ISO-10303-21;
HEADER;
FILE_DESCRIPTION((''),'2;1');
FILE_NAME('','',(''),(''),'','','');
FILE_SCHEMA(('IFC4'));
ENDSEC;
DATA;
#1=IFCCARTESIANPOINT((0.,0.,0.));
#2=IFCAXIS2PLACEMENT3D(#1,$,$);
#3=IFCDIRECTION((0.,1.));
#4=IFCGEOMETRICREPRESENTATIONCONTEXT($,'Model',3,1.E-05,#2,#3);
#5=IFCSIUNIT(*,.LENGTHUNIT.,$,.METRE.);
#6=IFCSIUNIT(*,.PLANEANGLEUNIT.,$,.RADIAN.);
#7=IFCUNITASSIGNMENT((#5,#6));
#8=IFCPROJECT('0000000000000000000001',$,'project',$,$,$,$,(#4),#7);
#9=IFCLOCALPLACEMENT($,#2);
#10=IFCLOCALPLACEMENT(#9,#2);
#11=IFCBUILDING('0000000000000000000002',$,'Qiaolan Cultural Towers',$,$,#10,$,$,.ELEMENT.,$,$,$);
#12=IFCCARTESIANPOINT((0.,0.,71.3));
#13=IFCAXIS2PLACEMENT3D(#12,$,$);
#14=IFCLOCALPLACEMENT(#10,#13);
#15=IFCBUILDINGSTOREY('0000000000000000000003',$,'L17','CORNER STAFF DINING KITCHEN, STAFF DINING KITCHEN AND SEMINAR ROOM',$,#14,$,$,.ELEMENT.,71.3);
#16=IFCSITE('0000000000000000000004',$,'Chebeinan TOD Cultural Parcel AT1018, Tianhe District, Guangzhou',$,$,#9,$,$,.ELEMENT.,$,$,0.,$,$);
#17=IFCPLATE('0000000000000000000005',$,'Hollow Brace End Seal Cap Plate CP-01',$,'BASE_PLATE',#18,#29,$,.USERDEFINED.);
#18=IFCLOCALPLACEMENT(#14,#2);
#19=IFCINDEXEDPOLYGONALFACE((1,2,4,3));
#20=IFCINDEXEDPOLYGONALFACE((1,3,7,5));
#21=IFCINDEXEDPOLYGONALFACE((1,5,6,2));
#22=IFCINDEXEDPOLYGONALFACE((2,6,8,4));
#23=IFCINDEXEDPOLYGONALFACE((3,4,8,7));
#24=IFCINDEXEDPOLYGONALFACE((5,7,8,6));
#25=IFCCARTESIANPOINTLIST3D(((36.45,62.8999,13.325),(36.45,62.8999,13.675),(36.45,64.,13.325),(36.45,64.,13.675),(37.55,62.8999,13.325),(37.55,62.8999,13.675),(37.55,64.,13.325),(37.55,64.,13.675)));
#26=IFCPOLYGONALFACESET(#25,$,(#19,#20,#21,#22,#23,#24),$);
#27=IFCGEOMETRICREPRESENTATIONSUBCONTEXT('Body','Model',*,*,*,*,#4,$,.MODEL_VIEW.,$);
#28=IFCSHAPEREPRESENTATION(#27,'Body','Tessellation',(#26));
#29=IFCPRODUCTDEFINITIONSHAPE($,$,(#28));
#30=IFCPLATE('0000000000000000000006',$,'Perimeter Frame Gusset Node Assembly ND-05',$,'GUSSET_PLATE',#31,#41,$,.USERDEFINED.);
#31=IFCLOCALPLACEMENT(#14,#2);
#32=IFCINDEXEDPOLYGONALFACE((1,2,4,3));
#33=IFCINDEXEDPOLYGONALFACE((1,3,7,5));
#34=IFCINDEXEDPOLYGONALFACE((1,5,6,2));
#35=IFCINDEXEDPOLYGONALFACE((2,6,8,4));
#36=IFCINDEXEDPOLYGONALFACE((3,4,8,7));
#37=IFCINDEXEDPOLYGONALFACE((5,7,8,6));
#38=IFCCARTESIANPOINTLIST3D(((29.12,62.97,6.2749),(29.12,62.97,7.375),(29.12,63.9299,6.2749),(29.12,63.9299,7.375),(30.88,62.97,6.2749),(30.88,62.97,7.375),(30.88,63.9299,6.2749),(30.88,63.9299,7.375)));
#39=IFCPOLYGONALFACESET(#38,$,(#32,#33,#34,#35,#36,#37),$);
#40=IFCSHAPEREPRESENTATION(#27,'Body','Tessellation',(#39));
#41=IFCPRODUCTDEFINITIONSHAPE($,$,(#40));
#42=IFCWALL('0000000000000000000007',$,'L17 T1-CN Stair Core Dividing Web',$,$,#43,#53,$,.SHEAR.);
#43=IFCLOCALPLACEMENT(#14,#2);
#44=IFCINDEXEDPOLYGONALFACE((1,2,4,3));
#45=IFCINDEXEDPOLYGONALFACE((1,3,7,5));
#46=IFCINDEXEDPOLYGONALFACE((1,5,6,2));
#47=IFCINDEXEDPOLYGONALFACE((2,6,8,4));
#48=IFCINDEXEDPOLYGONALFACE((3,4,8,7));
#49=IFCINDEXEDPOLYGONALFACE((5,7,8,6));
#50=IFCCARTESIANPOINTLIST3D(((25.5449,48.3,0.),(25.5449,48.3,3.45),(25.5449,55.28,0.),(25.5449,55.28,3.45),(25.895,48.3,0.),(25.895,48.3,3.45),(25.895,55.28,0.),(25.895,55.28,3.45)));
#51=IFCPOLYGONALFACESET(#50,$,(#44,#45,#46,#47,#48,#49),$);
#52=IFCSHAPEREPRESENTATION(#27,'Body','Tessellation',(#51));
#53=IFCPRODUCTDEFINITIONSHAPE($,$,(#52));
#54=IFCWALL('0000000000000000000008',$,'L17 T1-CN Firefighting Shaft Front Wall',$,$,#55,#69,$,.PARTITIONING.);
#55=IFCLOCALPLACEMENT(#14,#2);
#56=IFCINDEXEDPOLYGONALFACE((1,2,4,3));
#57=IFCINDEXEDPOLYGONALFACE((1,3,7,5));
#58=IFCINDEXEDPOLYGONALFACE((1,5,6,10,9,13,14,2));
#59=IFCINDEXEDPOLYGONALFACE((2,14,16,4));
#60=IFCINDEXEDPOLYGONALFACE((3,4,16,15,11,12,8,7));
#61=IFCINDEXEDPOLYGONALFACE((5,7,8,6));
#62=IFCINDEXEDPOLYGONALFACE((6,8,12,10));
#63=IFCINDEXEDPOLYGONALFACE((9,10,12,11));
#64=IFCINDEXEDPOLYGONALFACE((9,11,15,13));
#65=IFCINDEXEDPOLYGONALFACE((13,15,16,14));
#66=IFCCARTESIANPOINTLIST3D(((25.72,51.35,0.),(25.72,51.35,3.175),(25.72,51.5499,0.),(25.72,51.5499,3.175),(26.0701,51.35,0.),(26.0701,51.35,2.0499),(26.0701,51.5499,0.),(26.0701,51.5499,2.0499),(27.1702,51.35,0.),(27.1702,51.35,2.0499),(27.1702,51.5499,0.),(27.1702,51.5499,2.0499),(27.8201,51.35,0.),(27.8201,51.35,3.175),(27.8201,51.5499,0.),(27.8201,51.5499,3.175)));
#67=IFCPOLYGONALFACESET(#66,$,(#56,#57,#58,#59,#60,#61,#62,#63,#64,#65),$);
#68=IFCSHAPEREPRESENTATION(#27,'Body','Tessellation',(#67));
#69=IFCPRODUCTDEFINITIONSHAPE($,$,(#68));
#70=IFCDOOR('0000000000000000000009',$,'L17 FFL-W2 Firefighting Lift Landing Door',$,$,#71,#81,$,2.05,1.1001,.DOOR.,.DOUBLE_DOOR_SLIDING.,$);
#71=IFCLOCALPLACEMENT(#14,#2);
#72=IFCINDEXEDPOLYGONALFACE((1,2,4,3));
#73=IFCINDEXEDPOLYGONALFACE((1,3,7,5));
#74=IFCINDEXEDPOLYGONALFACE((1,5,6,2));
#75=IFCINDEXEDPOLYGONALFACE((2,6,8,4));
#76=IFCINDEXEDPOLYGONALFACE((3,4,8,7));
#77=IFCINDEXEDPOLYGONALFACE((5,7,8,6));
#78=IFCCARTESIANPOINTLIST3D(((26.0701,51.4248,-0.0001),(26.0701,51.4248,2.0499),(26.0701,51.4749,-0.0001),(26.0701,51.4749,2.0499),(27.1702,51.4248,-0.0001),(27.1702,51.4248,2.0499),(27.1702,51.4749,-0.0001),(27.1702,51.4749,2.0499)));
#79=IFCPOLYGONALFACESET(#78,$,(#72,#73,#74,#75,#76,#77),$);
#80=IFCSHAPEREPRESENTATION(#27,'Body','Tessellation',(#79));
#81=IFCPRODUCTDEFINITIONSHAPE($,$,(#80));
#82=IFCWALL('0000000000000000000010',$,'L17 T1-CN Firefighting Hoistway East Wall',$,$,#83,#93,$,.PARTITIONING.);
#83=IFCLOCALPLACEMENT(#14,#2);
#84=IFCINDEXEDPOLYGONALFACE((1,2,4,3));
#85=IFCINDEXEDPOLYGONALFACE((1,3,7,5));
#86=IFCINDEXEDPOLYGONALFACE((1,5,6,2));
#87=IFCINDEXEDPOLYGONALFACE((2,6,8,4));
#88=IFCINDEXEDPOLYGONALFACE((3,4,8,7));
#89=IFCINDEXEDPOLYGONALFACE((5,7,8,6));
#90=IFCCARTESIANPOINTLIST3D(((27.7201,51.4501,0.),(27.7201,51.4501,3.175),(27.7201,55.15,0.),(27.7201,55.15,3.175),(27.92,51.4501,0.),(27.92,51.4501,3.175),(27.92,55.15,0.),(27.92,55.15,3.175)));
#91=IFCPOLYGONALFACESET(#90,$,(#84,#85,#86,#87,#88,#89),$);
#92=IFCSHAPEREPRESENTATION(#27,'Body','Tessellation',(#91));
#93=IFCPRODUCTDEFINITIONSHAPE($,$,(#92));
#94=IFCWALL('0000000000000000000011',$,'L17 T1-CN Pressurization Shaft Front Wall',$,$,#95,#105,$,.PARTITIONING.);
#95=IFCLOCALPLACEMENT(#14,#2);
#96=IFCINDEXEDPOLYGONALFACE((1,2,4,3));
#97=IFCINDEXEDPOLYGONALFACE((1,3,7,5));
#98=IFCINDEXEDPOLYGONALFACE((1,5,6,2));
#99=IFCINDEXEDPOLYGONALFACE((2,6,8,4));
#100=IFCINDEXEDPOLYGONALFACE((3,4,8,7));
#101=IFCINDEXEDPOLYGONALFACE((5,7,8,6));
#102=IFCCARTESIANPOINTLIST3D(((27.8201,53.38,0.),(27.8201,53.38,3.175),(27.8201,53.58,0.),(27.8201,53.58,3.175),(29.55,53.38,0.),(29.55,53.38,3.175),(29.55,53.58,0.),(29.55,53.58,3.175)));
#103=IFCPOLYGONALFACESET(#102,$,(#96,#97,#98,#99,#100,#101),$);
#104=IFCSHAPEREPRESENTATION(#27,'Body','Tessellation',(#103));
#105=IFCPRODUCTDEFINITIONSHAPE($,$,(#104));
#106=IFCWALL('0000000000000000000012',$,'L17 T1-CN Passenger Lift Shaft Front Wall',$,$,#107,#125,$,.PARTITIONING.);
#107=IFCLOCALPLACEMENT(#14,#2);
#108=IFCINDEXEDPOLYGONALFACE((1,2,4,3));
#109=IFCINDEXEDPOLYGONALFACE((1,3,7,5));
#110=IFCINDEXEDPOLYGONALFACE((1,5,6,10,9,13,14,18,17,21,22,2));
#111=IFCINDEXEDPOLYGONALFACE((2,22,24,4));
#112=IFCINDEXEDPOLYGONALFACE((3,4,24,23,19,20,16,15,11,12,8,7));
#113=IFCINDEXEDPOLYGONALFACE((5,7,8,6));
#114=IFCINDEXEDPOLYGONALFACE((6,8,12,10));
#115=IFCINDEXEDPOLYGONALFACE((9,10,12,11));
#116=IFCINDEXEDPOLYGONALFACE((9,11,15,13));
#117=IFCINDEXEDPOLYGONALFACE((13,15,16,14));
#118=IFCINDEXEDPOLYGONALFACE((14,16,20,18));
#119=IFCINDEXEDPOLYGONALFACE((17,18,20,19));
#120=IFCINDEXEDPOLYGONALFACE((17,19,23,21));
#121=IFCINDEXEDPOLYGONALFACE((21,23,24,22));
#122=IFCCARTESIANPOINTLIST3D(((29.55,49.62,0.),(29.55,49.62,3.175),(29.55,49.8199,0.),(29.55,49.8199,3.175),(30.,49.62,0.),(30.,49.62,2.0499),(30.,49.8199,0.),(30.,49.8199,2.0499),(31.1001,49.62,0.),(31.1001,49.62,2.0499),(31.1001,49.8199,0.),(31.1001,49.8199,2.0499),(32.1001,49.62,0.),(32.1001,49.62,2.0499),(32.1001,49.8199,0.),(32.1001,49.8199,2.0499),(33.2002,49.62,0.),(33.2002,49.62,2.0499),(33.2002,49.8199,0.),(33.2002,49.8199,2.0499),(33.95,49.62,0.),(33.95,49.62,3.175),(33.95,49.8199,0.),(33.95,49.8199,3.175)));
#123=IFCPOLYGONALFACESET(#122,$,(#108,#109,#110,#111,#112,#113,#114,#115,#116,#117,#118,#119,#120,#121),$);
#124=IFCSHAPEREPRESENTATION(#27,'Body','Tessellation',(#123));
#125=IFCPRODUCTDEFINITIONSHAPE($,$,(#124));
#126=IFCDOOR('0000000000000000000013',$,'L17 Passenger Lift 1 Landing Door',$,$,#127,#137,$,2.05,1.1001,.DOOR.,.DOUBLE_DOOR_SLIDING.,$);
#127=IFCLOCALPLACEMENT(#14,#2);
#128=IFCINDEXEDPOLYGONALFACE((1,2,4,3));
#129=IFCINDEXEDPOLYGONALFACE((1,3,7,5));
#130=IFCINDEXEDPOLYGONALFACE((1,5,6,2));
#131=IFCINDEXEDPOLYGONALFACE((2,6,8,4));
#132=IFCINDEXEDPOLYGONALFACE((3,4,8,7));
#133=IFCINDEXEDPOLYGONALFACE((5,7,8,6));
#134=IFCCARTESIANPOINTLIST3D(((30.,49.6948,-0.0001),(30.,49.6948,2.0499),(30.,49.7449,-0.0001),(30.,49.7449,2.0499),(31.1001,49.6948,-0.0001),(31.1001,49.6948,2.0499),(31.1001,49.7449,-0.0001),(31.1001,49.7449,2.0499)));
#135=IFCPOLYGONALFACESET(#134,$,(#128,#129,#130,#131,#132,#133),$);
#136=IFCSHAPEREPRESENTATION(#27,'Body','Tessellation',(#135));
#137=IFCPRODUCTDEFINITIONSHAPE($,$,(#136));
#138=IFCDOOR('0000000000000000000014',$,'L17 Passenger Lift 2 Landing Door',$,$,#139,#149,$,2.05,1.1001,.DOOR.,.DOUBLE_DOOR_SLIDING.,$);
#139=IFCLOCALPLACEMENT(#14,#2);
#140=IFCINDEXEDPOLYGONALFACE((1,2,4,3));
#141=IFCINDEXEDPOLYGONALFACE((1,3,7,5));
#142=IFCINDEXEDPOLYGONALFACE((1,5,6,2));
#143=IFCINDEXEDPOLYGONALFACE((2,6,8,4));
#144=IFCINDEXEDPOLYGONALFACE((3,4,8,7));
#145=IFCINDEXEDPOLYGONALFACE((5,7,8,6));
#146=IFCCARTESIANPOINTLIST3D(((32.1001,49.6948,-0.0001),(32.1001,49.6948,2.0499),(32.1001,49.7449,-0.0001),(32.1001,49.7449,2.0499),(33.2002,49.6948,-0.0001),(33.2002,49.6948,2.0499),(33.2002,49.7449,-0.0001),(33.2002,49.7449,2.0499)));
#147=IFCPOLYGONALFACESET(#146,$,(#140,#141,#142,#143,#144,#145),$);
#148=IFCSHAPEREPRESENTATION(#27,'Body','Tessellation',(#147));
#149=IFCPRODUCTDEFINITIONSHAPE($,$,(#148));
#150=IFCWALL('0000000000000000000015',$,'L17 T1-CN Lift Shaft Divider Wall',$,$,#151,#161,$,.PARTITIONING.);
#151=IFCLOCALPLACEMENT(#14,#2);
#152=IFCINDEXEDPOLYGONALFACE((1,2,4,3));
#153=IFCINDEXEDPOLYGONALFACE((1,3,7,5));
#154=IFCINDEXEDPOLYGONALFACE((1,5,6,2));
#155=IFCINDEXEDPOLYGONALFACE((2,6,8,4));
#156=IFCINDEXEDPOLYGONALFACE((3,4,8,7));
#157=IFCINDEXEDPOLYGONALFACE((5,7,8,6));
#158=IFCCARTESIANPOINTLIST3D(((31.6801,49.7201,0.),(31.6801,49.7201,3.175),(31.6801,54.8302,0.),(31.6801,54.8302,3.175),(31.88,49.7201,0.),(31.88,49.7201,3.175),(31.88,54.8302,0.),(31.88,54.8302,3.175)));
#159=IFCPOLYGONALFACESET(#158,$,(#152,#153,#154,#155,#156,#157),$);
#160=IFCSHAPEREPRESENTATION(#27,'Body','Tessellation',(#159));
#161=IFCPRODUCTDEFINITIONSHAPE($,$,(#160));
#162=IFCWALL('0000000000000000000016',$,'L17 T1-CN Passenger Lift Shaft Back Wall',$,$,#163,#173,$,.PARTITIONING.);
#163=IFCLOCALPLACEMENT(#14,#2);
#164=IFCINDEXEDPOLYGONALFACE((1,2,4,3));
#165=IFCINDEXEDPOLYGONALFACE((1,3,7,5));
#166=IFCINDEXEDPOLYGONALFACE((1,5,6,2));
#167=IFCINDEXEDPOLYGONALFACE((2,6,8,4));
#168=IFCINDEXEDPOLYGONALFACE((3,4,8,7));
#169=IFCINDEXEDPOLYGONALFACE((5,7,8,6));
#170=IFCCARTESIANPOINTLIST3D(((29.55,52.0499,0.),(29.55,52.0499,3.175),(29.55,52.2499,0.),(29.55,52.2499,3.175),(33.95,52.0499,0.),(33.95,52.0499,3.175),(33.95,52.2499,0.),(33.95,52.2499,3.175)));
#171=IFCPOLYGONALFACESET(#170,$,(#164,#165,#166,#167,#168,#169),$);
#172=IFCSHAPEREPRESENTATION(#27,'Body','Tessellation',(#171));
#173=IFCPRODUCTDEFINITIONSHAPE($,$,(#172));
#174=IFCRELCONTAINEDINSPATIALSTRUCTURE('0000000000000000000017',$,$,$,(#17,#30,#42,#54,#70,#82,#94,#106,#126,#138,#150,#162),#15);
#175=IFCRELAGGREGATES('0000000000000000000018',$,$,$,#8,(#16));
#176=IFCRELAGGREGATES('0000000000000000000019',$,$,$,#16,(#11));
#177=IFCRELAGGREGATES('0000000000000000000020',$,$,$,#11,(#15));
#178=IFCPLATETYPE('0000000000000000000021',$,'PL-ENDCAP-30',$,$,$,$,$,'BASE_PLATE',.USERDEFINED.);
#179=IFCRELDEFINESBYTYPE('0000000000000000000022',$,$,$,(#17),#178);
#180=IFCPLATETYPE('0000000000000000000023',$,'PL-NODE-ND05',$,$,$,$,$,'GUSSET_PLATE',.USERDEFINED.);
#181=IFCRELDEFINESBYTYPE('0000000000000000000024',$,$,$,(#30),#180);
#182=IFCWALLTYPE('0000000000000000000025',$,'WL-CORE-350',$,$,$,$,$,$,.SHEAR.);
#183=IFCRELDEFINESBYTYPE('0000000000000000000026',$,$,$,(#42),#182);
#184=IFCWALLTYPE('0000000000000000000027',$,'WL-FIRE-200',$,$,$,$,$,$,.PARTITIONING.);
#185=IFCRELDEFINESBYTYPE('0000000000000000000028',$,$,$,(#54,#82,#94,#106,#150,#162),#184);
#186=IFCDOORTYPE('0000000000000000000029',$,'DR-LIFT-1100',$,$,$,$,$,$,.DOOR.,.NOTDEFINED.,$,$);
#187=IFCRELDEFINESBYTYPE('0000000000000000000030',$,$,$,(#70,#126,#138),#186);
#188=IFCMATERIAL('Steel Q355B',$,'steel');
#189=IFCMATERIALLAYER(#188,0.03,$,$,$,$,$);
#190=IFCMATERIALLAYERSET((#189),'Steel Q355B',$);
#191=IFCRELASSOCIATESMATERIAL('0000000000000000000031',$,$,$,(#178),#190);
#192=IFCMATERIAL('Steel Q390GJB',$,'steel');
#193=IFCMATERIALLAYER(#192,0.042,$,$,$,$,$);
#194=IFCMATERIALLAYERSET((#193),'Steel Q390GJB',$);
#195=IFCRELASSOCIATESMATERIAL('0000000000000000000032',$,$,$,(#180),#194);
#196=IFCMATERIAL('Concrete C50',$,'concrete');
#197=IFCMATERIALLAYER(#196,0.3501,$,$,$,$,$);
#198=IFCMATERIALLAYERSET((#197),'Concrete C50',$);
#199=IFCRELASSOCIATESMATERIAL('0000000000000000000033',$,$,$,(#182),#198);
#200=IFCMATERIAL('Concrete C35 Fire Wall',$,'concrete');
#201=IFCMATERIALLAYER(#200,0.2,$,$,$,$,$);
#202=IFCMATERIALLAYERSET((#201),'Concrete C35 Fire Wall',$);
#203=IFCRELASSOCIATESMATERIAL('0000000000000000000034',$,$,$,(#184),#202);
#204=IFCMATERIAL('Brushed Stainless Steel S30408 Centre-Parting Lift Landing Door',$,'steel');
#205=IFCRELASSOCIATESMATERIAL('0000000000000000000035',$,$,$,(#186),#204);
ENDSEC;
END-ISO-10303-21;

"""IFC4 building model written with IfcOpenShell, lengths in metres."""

from ifc_helpers import new_model, si_unit, direction, frame, frame_2d, origin, origin_2d, place, context, subcontext, project, spatial, rectangle, extrude, material, layer, layer_set, type_object, element, fill, save


model = new_model("IFC4")

# Units and contexts
model_context = context("Model", 3, precision=1e-05, world=origin(), true_north=direction((0.0, 1.0)))
body_context = subcontext(model_context, "Body", "Model", "MODEL_VIEW")
ifc_project = project(units=[si_unit("LENGTHUNIT", "METRE"), si_unit("PLANEANGLEUNIT", "RADIAN")], contexts=[model_context])

# Site, building, storey
site_placement = place(None, origin())
site = spatial("IfcSite", under=ifc_project, at=site_placement, Name="Chebeinan TOD Cultural Parcel AT1018, Tianhe District, Guangzhou", CompositionType="ELEMENT", RefElevation=0.0)
building_placement = place(site_placement, origin())
building = spatial("IfcBuilding", under=site, at=building_placement, Name="Qiaolan Cultural Towers", CompositionType="ELEMENT")
storey_placement = place(building_placement, frame((0.0, 0.0, 71.3)))
storey = spatial("IfcBuildingStorey", under=building, at=storey_placement, Name="L17", Description="CORNER STAFF DINING KITCHEN, STAFF DINING KITCHEN AND SEMINAR ROOM", CompositionType="ELEMENT", Elevation=71.3)

# Plates
ifc_material_1 = material(Name="Steel Q355B", Category="steel")
ifc_layer_1 = layer(ifc_material_1, 0.03)
ifc_layer_set_1 = layer_set([ifc_layer_1], Name="Steel Q355B")
plate_type_1 = type_object("IfcPlateType", Name="PL-ENDCAP-30", ElementType="BASE_PLATE", PredefinedType="USERDEFINED", material=ifc_layer_set_1)
for number, where, z_axis, x_axis, name in (
    (1, (37.0, 63.45, 13.325), (0.0, 0.0, 1.0), (1.0, 0.0, 0.0), "Hollow Brace End Seal Cap Plate CP-01"),
):
    element("IfcPlate", number, at=place(storey_placement, frame(where, z_axis=z_axis, x_axis=x_axis)), inside=storey, type_object=plate_type_1, Name=name, ObjectType="BASE_PLATE", PredefinedType="USERDEFINED", context=body_context, shape_type="SweptSolid", body=[
        extrude(rectangle(XDim=1.1001, YDim=1.1001, at=origin_2d()), origin(), (0.0, 0.0, 1.0), 0.3501),
    ])
ifc_material_2 = material(Name="Steel Q390GJB", Category="steel")
ifc_layer_2 = layer(ifc_material_2, 0.042)
ifc_layer_set_2 = layer_set([ifc_layer_2], Name="Steel Q390GJB")
plate_type_2 = type_object("IfcPlateType", Name="PL-NODE-ND05", ElementType="GUSSET_PLATE", PredefinedType="USERDEFINED", material=ifc_layer_set_2)
plate_placement = place(storey_placement, frame((30.0, 63.45, 6.2749), z_axis=(0.0, 0.0, 1.0), x_axis=(1.0, 0.0, 0.0)))
element("IfcPlate", 2, at=plate_placement, inside=storey, type_object=plate_type_2, Name="Perimeter Frame Gusset Node Assembly ND-05", ObjectType="GUSSET_PLATE", PredefinedType="USERDEFINED", context=body_context, shape_type="SweptSolid", body=[
    extrude(rectangle(XDim=1.76, YDim=0.96, at=origin_2d()), origin(), (0.0, 0.0, 1.0), 1.1001),
])

# Wall
ifc_material_3 = material(Name="Concrete C50", Category="concrete")
ifc_layer_3 = layer(ifc_material_3, 0.3501)
ifc_layer_set_3 = layer_set([ifc_layer_3], Name="Concrete C50")
wall_type_1 = type_object("IfcWallType", Name="WL-CORE-350", PredefinedType="SHEAR", material=ifc_layer_set_3)
wall_1_placement = place(storey_placement, frame((25.72, 48.3, 0.0), z_axis=(0.0, 0.0, 1.0), x_axis=(0.0, 1.0, 0.0)))
element("IfcWall", 3, at=wall_1_placement, inside=storey, type_object=wall_type_1, Name="L17 T1-CN Stair Core Dividing Web", PredefinedType="SHEAR", context=body_context, shape_type="SweptSolid", body=[
    extrude(rectangle(XDim=6.98, YDim=0.3501, at=frame_2d((3.49, 0.0))), origin(), (0.0, 0.0, 1.0), 3.45),
])

# Wall, opening, door
ifc_material_4 = material(Name="Concrete C35 Fire Wall", Category="concrete")
ifc_layer_4 = layer(ifc_material_4, 0.2)
ifc_layer_set_4 = layer_set([ifc_layer_4], Name="Concrete C35 Fire Wall")
wall_type_2 = type_object("IfcWallType", Name="WL-FIRE-200", PredefinedType="PARTITIONING", material=ifc_layer_set_4)
wall_2_placement = place(storey_placement, frame((25.72, 51.45, 0.0), z_axis=(0.0, 0.0, 1.0), x_axis=(1.0, 0.0, 0.0)))
wall_2 = element("IfcWall", 4, at=wall_2_placement, inside=storey, type_object=wall_type_2, Name="L17 T1-CN Firefighting Shaft Front Wall", PredefinedType="PARTITIONING", context=body_context, shape_type="SweptSolid", body=[
    extrude(rectangle(XDim=2.1001, YDim=0.2, at=frame_2d((1.05, 0.0))), origin(), (0.0, 0.0, 1.0), 3.175),
])
opening_1_placement = place(wall_2_placement, frame((0.3501, 0.0, 0.0)))
opening_1 = element("IfcOpeningElement", 5, at=opening_1_placement, cuts=wall_2, PredefinedType="OPENING", context=body_context, shape_type="SweptSolid", body=[
    extrude(rectangle(XDim=1.1001, YDim=2.05, at=frame_2d((0.55, 1.0249))), frame((0.0, 0.1099, 0.0), z_axis=(0.0, -1.0, 0.0), x_axis=(1.0, 0.0, 0.0)), (0.0, 0.0, 1.0), 0.22),
])
ifc_material_5 = material(Name="Brushed Stainless Steel S30408 Centre-Parting Lift Landing Door", Category="steel")
door_type_1 = type_object("IfcDoorType", Name="DR-LIFT-1100", OperationType="NOTDEFINED", PredefinedType="DOOR", material=ifc_material_5)
door_1_placement = place(opening_1_placement, origin())
door_1 = element("IfcDoor", 6, at=door_1_placement, inside=storey, type_object=door_type_1, Name="L17 FFL-W2 Firefighting Lift Landing Door", OperationType="DOUBLE_DOOR_SLIDING", OverallHeight=2.05, OverallWidth=1.1001, PredefinedType="DOOR", context=body_context, shape_type="SweptSolid", body=[
    extrude(rectangle(XDim=1.1001, YDim=2.05, at=frame_2d((0.55, 1.0249))), frame((0.0, 0.0249, 0.0), z_axis=(0.0, -1.0, 0.0), x_axis=(1.0, 0.0, 0.0)), (0.0, 0.0, 1.0), 0.05),
])
fill(opening_1, door_1)

# Walls
wall_3_placement = place(storey_placement, frame((27.8201, 51.45, 0.0), z_axis=(0.0, 0.0, 1.0), x_axis=(0.0, 1.0, 0.0)))
element("IfcWall", 7, at=wall_3_placement, inside=storey, type_object=wall_type_2, Name="L17 T1-CN Firefighting Hoistway East Wall", PredefinedType="PARTITIONING", context=body_context, shape_type="SweptSolid", body=[
    extrude(rectangle(XDim=3.7, YDim=0.2, at=frame_2d((1.8501, 0.0))), origin(), (0.0, 0.0, 1.0), 3.175),
])
wall_4_placement = place(storey_placement, frame((27.8201, 53.48, 0.0), z_axis=(0.0, 0.0, 1.0), x_axis=(1.0, 0.0, 0.0)))
element("IfcWall", 8, at=wall_4_placement, inside=storey, type_object=wall_type_2, Name="L17 T1-CN Pressurization Shaft Front Wall", PredefinedType="PARTITIONING", context=body_context, shape_type="SweptSolid", body=[
    extrude(rectangle(XDim=1.73, YDim=0.2, at=frame_2d((0.865, 0.0))), origin(), (0.0, 0.0, 1.0), 3.175),
])

# Wall, openings, doors
wall_5_placement = place(storey_placement, frame((29.55, 49.72, 0.0), z_axis=(0.0, 0.0, 1.0), x_axis=(1.0, 0.0, 0.0)))
wall_5 = element("IfcWall", 9, at=wall_5_placement, inside=storey, type_object=wall_type_2, Name="L17 T1-CN Passenger Lift Shaft Front Wall", PredefinedType="PARTITIONING", context=body_context, shape_type="SweptSolid", body=[
    extrude(rectangle(XDim=4.3999, YDim=0.2, at=frame_2d((2.2, 0.0))), origin(), (0.0, 0.0, 1.0), 3.175),
])
opening_2_placement = place(wall_5_placement, frame((0.45, 0.0, 0.0)))
opening_2 = element("IfcOpeningElement", 10, at=opening_2_placement, cuts=wall_5, PredefinedType="OPENING", context=body_context, shape_type="SweptSolid", body=[
    extrude(rectangle(XDim=1.1001, YDim=2.05, at=frame_2d((0.55, 1.0249))), frame((0.0, 0.1099, 0.0), z_axis=(0.0, -1.0, 0.0), x_axis=(1.0, 0.0, 0.0)), (0.0, 0.0, 1.0), 0.22),
])
opening_3_placement = place(wall_5_placement, frame((2.55, 0.0, 0.0)))
opening_3 = element("IfcOpeningElement", 11, at=opening_3_placement, cuts=wall_5, PredefinedType="OPENING", context=body_context, shape_type="SweptSolid", body=[
    extrude(rectangle(XDim=1.1001, YDim=2.05, at=frame_2d((0.55, 1.0249))), frame((0.0, 0.1099, 0.0), z_axis=(0.0, -1.0, 0.0), x_axis=(1.0, 0.0, 0.0)), (0.0, 0.0, 1.0), 0.22),
])
door_2_placement = place(opening_2_placement, origin())
door_2 = element("IfcDoor", 12, at=door_2_placement, inside=storey, type_object=door_type_1, Name="L17 Passenger Lift 1 Landing Door", OperationType="DOUBLE_DOOR_SLIDING", OverallHeight=2.05, OverallWidth=1.1001, PredefinedType="DOOR", context=body_context, shape_type="SweptSolid", body=[
    extrude(rectangle(XDim=1.1001, YDim=2.05, at=frame_2d((0.55, 1.0249))), frame((0.0, 0.0249, 0.0), z_axis=(0.0, -1.0, 0.0), x_axis=(1.0, 0.0, 0.0)), (0.0, 0.0, 1.0), 0.05),
])
fill(opening_2, door_2)
door_3_placement = place(opening_3_placement, origin())
door_3 = element("IfcDoor", 13, at=door_3_placement, inside=storey, type_object=door_type_1, Name="L17 Passenger Lift 2 Landing Door", OperationType="DOUBLE_DOOR_SLIDING", OverallHeight=2.05, OverallWidth=1.1001, PredefinedType="DOOR", context=body_context, shape_type="SweptSolid", body=[
    extrude(rectangle(XDim=1.1001, YDim=2.05, at=frame_2d((0.55, 1.0249))), frame((0.0, 0.0249, 0.0), z_axis=(0.0, -1.0, 0.0), x_axis=(1.0, 0.0, 0.0)), (0.0, 0.0, 1.0), 0.05),
])
fill(opening_3, door_3)

# Walls
wall_6_placement = place(storey_placement, frame((31.78, 49.72, 0.0), z_axis=(0.0, 0.0, 1.0), x_axis=(0.0, 1.0, 0.0)))
element("IfcWall", 14, at=wall_6_placement, inside=storey, type_object=wall_type_2, Name="L17 T1-CN Lift Shaft Divider Wall", PredefinedType="PARTITIONING", context=body_context, shape_type="SweptSolid", body=[
    extrude(rectangle(XDim=5.1101, YDim=0.2, at=frame_2d((2.5552, 0.0))), origin(), (0.0, 0.0, 1.0), 3.175),
])
wall_7_placement = place(storey_placement, frame((29.55, 52.1499, 0.0), z_axis=(0.0, 0.0, 1.0), x_axis=(1.0, 0.0, 0.0)))
element("IfcWall", 15, at=wall_7_placement, inside=storey, type_object=wall_type_2, Name="L17 T1-CN Passenger Lift Shaft Back Wall", PredefinedType="PARTITIONING", context=body_context, shape_type="SweptSolid", body=[
    extrude(rectangle(XDim=4.3999, YDim=0.2, at=frame_2d((2.2, 0.0))), origin(), (0.0, 0.0, 1.0), 3.175),
])

save(model, "model.ifc")
